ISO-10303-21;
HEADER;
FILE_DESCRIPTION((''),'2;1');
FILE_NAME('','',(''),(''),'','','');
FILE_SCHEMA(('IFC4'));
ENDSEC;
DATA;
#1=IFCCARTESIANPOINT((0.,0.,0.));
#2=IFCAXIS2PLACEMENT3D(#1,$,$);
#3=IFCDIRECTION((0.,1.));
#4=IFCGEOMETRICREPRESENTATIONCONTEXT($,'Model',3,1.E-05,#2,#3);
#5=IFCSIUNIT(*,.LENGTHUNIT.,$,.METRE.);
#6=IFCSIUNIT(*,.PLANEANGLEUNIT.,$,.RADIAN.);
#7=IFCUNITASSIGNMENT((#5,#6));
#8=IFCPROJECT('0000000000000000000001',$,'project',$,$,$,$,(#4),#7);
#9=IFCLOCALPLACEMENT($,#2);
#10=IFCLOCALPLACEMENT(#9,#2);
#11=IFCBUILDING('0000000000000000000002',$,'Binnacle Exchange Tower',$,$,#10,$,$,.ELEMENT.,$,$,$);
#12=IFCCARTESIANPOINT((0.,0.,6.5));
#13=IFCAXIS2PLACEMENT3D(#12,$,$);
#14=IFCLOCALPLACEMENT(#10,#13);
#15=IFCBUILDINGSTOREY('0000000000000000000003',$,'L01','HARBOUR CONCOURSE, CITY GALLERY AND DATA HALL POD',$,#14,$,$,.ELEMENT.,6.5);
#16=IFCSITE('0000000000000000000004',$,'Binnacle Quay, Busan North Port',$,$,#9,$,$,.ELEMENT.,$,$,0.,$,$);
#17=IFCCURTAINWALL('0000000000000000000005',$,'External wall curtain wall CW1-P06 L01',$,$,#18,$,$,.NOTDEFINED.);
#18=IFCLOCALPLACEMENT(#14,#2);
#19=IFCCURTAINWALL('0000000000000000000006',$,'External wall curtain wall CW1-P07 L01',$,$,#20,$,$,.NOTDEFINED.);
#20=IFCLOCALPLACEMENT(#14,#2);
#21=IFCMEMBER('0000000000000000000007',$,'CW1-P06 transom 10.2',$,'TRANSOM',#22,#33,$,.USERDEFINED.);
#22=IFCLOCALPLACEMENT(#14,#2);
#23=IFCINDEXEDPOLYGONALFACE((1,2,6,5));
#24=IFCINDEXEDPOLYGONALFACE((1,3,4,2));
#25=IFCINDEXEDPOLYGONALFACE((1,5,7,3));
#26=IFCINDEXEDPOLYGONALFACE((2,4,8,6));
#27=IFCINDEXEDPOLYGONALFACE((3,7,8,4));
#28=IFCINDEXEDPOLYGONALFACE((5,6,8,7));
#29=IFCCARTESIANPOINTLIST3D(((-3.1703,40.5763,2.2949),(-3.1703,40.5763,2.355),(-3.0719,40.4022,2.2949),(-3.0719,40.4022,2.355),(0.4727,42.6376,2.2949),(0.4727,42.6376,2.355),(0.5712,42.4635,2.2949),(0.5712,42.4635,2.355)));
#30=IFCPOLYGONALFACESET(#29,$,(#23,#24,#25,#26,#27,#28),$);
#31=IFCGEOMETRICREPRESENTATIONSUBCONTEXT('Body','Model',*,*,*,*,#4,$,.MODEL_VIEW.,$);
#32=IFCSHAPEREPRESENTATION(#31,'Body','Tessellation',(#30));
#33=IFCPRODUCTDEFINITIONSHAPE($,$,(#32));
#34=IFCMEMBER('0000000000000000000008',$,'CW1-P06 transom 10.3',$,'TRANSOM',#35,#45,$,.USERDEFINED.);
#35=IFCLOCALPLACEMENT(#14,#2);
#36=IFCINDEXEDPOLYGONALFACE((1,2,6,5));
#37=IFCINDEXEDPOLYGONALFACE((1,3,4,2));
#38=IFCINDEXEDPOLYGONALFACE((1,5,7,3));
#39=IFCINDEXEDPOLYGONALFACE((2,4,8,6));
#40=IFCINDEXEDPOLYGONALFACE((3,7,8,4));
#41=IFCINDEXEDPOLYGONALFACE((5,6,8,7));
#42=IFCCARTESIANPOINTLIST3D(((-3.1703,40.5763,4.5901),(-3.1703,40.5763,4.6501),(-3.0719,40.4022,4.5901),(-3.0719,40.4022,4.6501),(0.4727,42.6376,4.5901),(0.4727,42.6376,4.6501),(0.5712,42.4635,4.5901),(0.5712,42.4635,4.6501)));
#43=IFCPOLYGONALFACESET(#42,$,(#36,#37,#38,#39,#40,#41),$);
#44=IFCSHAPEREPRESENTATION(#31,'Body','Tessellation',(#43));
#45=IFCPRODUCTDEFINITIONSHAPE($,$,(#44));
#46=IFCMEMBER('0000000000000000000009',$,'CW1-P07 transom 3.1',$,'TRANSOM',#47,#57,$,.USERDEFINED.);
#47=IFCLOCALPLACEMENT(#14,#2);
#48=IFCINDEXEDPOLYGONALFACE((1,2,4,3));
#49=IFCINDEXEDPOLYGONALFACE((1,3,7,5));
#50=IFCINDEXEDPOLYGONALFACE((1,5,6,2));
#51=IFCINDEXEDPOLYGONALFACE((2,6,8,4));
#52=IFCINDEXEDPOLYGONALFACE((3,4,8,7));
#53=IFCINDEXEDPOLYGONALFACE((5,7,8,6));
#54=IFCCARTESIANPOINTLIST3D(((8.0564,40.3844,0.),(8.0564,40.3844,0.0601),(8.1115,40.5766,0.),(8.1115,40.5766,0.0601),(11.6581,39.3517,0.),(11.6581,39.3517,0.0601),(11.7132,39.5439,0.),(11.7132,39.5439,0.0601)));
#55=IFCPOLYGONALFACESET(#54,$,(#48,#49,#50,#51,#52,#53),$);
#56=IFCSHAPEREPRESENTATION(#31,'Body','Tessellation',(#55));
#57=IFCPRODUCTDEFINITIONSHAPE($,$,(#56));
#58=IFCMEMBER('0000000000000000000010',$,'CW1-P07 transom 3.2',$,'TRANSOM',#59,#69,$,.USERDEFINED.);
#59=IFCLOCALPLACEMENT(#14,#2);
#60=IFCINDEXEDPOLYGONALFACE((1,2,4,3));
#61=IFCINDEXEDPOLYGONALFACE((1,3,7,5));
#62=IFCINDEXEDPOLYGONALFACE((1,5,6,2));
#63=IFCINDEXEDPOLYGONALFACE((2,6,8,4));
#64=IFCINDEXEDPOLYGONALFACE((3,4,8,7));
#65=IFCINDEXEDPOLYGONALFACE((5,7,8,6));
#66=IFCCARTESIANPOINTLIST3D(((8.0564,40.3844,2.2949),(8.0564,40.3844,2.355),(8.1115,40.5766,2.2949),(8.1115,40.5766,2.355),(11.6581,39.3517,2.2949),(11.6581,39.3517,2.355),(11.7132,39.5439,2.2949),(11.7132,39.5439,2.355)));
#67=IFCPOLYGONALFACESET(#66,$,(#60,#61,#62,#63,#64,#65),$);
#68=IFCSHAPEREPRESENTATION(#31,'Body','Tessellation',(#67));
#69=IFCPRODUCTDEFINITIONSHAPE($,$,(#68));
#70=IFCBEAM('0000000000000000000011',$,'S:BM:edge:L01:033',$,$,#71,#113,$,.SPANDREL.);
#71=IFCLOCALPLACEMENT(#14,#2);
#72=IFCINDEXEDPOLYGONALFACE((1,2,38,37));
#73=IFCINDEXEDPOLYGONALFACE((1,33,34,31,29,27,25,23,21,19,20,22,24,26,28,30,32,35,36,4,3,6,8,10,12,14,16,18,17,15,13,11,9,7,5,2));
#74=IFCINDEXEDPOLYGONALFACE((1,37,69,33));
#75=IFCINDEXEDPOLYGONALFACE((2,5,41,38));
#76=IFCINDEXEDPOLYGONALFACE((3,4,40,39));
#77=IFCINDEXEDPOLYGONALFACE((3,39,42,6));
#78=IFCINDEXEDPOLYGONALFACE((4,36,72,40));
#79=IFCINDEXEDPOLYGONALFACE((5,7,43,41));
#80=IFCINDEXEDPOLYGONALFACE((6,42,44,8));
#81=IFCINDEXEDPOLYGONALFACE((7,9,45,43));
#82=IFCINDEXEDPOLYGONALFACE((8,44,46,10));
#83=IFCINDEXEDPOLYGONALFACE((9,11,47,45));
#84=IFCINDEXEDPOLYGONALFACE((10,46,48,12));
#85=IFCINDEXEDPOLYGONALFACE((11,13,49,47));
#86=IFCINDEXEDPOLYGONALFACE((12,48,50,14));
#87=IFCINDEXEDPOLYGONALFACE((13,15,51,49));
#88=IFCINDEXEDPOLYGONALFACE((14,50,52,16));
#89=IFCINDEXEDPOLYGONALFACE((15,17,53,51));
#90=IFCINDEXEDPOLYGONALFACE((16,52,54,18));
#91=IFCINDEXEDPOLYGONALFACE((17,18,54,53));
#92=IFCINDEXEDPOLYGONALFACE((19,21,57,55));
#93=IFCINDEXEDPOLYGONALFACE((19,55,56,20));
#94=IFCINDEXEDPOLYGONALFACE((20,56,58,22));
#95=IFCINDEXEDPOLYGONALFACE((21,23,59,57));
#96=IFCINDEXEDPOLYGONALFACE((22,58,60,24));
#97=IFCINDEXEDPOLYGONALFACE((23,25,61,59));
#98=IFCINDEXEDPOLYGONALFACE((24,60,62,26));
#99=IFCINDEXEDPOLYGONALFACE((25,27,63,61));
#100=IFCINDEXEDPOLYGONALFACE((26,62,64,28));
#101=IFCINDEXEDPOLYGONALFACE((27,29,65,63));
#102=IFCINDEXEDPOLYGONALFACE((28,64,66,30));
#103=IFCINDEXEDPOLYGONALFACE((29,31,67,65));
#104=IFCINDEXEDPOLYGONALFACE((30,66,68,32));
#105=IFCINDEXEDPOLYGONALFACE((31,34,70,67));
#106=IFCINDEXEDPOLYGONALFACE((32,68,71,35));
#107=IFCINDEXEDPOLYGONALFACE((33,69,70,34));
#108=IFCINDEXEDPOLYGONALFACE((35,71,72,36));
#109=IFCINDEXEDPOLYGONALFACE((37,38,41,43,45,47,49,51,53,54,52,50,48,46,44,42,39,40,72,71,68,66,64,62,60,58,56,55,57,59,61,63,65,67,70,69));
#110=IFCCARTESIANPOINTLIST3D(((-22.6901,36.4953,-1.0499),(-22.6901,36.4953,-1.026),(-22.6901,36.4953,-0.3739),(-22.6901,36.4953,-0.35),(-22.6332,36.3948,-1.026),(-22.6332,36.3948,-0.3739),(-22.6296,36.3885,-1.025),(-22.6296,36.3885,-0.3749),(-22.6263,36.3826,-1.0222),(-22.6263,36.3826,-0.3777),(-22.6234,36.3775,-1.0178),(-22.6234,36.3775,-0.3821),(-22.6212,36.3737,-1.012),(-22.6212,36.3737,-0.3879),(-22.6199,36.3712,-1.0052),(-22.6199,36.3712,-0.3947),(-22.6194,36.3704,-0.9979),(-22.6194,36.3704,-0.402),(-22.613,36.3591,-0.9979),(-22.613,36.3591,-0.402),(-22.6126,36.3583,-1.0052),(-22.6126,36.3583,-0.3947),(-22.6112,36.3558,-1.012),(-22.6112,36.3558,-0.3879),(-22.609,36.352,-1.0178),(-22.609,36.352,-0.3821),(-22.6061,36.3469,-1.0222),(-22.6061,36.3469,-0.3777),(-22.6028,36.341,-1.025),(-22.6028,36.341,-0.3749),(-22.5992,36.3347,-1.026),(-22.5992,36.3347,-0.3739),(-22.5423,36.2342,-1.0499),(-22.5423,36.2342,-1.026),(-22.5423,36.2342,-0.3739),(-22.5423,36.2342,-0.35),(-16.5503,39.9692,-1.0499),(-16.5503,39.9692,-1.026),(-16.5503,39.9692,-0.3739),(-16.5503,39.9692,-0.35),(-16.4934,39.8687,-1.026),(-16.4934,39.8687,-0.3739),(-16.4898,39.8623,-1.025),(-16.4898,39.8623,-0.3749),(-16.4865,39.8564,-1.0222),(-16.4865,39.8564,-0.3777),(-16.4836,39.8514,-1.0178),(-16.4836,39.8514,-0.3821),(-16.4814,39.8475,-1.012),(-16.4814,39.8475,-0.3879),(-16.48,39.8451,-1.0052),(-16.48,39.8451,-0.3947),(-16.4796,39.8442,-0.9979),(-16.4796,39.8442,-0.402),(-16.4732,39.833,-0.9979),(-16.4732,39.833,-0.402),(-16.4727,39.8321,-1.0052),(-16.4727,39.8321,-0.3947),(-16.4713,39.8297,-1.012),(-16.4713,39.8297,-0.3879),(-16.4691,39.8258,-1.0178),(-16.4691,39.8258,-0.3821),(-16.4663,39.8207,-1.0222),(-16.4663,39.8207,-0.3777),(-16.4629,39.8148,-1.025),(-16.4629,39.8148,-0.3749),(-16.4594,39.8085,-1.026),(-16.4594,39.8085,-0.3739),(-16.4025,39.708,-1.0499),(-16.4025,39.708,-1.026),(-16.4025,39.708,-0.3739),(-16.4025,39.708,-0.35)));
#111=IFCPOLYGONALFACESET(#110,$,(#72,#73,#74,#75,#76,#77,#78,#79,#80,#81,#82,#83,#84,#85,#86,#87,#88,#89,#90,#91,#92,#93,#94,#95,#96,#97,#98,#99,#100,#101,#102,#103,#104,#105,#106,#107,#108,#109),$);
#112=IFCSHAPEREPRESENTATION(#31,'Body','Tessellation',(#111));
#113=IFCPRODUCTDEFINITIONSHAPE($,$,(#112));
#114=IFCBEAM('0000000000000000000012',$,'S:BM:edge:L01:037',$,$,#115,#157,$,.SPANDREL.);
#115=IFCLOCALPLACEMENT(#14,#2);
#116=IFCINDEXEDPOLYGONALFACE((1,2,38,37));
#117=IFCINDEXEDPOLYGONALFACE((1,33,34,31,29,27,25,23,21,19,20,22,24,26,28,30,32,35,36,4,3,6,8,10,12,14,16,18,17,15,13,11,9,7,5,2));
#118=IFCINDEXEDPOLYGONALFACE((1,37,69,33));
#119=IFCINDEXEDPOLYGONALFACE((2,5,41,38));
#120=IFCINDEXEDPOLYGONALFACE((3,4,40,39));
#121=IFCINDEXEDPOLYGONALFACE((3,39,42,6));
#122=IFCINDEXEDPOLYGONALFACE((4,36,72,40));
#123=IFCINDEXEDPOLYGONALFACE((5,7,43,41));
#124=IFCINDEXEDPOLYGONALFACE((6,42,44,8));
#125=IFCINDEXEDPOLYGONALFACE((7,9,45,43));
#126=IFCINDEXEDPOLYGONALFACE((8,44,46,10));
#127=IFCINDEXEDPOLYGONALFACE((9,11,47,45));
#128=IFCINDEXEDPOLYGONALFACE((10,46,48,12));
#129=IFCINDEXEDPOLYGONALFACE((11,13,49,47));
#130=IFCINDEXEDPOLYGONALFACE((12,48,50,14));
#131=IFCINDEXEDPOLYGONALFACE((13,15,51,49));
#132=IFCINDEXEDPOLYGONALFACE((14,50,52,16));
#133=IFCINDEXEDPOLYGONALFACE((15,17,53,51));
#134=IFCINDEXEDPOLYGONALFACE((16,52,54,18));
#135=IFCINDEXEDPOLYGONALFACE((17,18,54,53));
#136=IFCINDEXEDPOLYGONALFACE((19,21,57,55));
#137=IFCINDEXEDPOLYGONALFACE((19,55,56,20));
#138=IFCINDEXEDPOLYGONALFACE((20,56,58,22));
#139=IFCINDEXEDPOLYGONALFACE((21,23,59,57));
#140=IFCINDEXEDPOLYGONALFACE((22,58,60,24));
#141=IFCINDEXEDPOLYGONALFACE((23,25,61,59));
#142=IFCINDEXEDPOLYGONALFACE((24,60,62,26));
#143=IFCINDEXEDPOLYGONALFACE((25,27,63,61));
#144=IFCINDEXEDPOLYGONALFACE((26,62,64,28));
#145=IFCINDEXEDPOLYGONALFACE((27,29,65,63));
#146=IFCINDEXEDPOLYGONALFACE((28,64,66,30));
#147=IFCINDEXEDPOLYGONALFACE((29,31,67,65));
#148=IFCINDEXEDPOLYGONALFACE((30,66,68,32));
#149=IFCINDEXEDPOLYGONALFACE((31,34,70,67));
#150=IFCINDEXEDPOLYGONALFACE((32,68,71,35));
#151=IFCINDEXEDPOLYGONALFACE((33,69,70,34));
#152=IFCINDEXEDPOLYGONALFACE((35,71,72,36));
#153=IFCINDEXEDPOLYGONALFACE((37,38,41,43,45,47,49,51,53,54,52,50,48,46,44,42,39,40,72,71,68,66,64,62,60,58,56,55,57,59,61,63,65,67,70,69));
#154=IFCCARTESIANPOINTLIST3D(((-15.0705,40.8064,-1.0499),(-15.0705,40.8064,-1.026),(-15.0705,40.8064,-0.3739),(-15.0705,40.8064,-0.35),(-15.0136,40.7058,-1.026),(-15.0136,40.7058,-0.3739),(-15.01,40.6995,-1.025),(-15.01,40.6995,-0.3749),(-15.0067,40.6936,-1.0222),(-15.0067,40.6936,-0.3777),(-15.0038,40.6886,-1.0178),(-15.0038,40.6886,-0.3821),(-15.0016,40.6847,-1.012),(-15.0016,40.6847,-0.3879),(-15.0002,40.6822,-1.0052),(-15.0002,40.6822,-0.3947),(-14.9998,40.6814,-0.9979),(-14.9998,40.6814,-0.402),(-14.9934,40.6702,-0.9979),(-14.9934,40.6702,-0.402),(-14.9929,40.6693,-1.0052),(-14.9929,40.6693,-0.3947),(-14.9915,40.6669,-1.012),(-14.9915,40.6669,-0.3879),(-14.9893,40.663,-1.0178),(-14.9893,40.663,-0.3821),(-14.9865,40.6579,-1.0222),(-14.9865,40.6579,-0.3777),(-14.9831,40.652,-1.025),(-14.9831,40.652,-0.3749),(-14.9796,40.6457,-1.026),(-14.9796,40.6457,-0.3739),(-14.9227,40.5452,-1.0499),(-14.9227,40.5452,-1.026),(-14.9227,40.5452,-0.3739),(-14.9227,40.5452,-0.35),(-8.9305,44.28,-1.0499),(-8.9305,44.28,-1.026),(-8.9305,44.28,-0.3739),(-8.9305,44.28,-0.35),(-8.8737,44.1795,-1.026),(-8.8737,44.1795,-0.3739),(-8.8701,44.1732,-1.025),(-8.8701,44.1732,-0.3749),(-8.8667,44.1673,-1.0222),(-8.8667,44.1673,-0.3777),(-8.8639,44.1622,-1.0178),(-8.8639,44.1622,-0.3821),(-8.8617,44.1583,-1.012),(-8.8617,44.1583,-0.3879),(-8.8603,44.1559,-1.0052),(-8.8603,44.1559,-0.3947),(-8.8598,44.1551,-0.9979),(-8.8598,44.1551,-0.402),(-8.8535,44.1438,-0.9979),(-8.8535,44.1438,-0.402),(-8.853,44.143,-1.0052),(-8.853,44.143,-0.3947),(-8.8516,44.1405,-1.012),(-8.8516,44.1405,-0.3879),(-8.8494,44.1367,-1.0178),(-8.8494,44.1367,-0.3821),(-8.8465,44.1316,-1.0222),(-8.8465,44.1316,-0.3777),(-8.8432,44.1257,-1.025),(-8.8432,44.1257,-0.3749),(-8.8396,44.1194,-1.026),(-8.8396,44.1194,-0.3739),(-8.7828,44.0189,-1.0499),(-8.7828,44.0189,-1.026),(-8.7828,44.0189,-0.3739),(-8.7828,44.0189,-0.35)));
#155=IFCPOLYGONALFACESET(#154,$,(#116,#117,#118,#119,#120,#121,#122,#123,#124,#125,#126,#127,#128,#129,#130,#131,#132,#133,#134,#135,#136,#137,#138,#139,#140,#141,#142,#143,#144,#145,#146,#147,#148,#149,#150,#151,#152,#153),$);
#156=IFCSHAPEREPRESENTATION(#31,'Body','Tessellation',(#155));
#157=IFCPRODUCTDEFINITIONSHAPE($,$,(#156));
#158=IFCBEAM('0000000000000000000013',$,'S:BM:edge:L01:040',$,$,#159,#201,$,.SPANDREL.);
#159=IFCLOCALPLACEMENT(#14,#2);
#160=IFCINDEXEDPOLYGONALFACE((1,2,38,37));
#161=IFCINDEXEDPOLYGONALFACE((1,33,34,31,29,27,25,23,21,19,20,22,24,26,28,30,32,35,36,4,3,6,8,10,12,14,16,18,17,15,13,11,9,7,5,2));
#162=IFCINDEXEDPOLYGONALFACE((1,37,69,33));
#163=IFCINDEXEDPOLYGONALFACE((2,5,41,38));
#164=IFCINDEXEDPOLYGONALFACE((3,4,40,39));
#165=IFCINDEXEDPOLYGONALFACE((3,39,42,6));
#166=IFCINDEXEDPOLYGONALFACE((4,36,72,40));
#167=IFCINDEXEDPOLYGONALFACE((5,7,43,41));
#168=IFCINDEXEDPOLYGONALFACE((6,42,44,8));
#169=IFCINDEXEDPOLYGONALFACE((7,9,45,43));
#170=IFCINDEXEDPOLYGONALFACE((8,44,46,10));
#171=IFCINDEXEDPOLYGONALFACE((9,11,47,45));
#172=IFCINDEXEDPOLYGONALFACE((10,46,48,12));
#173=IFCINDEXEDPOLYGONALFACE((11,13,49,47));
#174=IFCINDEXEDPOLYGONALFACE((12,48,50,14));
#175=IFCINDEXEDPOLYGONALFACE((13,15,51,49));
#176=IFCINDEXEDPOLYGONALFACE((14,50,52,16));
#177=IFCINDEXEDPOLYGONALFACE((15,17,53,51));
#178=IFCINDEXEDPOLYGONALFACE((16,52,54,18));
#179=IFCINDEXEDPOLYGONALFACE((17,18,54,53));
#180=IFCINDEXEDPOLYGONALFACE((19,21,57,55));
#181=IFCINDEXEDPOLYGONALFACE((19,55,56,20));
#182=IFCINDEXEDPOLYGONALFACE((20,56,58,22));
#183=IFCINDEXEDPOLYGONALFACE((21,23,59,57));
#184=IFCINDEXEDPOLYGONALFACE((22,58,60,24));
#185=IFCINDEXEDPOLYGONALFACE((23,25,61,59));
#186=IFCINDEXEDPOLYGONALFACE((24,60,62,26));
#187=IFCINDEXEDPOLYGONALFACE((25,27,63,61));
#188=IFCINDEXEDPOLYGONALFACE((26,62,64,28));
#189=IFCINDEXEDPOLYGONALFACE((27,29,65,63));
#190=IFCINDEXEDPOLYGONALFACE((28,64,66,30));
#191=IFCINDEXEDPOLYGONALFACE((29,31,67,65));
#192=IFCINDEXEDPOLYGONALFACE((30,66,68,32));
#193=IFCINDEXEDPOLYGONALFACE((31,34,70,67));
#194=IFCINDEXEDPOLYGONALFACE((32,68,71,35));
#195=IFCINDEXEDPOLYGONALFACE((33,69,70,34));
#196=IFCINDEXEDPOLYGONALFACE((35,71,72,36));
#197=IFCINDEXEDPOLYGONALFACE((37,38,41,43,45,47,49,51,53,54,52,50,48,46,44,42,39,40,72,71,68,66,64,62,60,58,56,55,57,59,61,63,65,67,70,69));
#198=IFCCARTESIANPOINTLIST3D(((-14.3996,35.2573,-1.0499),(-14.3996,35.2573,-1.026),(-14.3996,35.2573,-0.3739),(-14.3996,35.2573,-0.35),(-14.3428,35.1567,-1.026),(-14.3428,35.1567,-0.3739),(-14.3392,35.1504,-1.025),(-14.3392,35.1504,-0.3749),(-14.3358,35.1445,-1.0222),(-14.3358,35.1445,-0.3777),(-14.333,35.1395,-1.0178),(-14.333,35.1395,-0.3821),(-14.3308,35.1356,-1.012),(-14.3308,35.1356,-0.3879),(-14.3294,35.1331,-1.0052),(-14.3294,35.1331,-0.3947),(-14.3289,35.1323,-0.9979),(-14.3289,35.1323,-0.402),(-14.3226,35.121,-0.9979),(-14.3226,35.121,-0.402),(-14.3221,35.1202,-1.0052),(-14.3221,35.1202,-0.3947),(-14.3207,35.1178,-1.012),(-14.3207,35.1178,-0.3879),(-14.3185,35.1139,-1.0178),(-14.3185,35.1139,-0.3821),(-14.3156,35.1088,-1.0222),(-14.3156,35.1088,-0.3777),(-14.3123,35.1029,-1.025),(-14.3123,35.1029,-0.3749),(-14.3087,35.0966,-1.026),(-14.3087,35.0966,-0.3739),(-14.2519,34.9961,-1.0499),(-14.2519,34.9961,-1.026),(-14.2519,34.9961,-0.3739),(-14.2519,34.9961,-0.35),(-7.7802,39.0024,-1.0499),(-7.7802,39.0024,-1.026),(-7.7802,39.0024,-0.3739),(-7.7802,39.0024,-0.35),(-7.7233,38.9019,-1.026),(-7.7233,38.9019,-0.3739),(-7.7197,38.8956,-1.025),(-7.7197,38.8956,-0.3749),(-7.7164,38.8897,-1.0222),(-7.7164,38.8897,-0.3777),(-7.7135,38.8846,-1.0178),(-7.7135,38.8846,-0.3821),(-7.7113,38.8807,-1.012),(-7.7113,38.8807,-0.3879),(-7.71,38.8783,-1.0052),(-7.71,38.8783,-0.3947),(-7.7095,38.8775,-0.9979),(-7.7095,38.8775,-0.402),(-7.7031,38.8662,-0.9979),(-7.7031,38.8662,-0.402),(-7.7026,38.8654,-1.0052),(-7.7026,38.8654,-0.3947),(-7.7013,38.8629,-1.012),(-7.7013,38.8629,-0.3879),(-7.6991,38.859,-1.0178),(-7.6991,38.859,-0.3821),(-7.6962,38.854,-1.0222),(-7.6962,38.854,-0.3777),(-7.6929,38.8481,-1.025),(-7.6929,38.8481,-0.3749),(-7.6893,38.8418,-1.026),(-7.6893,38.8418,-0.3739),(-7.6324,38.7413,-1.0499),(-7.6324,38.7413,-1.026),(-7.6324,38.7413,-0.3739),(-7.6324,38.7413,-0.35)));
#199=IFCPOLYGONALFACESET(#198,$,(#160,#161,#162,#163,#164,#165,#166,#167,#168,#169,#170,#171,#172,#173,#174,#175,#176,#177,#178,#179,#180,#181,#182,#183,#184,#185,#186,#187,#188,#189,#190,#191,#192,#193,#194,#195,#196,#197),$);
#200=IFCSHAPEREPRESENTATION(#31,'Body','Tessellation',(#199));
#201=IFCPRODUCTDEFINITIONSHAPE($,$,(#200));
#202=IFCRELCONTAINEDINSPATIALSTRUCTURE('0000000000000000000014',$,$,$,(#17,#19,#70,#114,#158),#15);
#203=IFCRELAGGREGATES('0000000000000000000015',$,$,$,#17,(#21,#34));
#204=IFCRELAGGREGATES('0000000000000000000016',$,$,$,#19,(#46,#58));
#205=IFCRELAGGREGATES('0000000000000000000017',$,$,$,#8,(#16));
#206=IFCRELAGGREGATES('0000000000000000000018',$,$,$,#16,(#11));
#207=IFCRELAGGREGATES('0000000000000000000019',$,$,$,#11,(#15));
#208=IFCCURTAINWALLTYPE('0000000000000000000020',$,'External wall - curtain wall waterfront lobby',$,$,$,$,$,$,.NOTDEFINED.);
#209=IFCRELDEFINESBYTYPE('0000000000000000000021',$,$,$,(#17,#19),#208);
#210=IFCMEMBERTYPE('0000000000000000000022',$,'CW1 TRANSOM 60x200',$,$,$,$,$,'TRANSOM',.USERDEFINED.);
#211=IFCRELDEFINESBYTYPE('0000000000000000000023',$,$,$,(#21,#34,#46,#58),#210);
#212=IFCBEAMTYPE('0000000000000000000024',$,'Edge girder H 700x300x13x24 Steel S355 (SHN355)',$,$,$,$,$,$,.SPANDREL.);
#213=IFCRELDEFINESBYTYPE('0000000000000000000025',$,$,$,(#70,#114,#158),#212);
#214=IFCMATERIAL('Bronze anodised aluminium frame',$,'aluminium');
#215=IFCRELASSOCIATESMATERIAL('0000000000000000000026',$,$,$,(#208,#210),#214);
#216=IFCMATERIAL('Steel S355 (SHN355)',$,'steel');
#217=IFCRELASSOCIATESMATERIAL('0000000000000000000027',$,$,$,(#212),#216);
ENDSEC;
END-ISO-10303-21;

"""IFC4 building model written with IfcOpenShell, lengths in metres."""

from ifc_helpers import new_model, si_unit, direction, frame, origin, origin_2d, place, context, subcontext, project, spatial, rectangle, i_section, extrude, material, material_profile, profile_set, type_object, element, aggregate, save


model = new_model("IFC4")

# Units and contexts
model_context = context("Model", 3, precision=1e-05, world=origin(), true_north=direction((0.0, 1.0)))
body_context = subcontext(model_context, "Body", "Model", "MODEL_VIEW")
ifc_project = project(units=[si_unit("LENGTHUNIT", "METRE"), si_unit("PLANEANGLEUNIT", "RADIAN")], contexts=[model_context])

# Site, building, storey
site_placement = place(None, origin())
site = spatial("IfcSite", under=ifc_project, at=site_placement, Name="Binnacle Quay, Busan North Port", CompositionType="ELEMENT", RefElevation=0.0)
building_placement = place(site_placement, origin())
building = spatial("IfcBuilding", under=site, at=building_placement, Name="Binnacle Exchange Tower", CompositionType="ELEMENT")
storey_placement = place(building_placement, frame((0.0, 0.0, 6.5)))
storey = spatial("IfcBuildingStorey", under=building, at=storey_placement, Name="L01", Description="HARBOUR CONCOURSE, CITY GALLERY AND DATA HALL POD", CompositionType="ELEMENT", Elevation=6.5)

# Curtain wall
ifc_material_1 = material(Name="Bronze anodised aluminium frame", Category="aluminium")
curtain_wall_type = type_object("IfcCurtainWallType", Name="External wall - curtain wall waterfront lobby", PredefinedType="NOTDEFINED", material=ifc_material_1)
curtain_wall_1_placement = place(storey_placement, origin())
curtain_wall_1 = element("IfcCurtainWall", 1, at=curtain_wall_1_placement, inside=storey, type_object=curtain_wall_type, Name="External wall curtain wall CW1-P06 L01", PredefinedType="NOTDEFINED")

# Curtain wall
curtain_wall_2_placement = place(storey_placement, origin())
curtain_wall_2 = element("IfcCurtainWall", 2, at=curtain_wall_2_placement, inside=storey, type_object=curtain_wall_type, Name="External wall curtain wall CW1-P07 L01", PredefinedType="NOTDEFINED")

# Members
ifc_material_profile_1 = material_profile(ifc_material_1, rectangle(XDim=0.2, YDim=0.0601, at=origin_2d()), Name="AL 200x60")
ifc_profile_set_1 = profile_set([ifc_material_profile_1], Name="Bronze anodised aluminium frame")
member_type_1 = type_object("IfcMemberType", Name="CW1 TRANSOM 60x200", ElementType="TRANSOM", PredefinedType="USERDEFINED", material=ifc_profile_set_1)
member_1_placement = place(storey_placement, frame((-3.1211, 40.4893, 2.325), z_axis=(0.870342, 0.492447, 0.0), x_axis=(-0.492447, 0.870342, 0.0)))
member_1 = element("IfcMember", 3, at=member_1_placement, type_object=member_type_1, Name="CW1-P06 transom 10.2", ObjectType="TRANSOM", PredefinedType="USERDEFINED", context=body_context, shape_type="SweptSolid", body=[
    extrude(rectangle(XDim=0.2, YDim=0.0601, at=origin_2d()), origin(), (0.0, 0.0, 1.0), 4.1858),
])
member_2_placement = place(storey_placement, frame((-3.1211, 40.4893, 4.6201), z_axis=(0.870342, 0.492447, 0.0), x_axis=(-0.492447, 0.870342, 0.0)))
member_2 = element("IfcMember", 4, at=member_2_placement, type_object=member_type_1, Name="CW1-P06 transom 10.3", ObjectType="TRANSOM", PredefinedType="USERDEFINED", context=body_context, shape_type="SweptSolid", body=[
    extrude(rectangle(XDim=0.2, YDim=0.0601, at=origin_2d()), origin(), (0.0, 0.0, 1.0), 4.1858),
])
member_3_placement = place(storey_placement, frame((8.084, 40.4805, 0.03), z_axis=(0.961268, -0.275616, 0.0), x_axis=(0.275616, 0.961268, 0.0)))
member_3 = element("IfcMember", 5, at=member_3_placement, type_object=member_type_1, Name="CW1-P07 transom 3.1", ObjectType="TRANSOM", PredefinedType="USERDEFINED", context=body_context, shape_type="SweptSolid", body=[
    extrude(rectangle(XDim=0.2, YDim=0.0601, at=origin_2d()), origin(), (0.0, 0.0, 1.0), 3.7468),
])
member_4_placement = place(storey_placement, frame((8.084, 40.4805, 2.325), z_axis=(0.961268, -0.275616, 0.0), x_axis=(0.275616, 0.961268, 0.0)))
member_4 = element("IfcMember", 6, at=member_4_placement, type_object=member_type_1, Name="CW1-P07 transom 3.2", ObjectType="TRANSOM", PredefinedType="USERDEFINED", context=body_context, shape_type="SweptSolid", body=[
    extrude(rectangle(XDim=0.2, YDim=0.0601, at=origin_2d()), origin(), (0.0, 0.0, 1.0), 3.7468),
])

# Beams
ifc_material_2 = material(Name="Steel S355 (SHN355)", Category="steel")
ifc_material_profile_2 = material_profile(ifc_material_2, i_section(OverallWidth=0.3, OverallDepth=0.7, WebThickness=0.0129, FlangeThickness=0.0239, FilletRadius=0.0281, at=origin_2d()), Name="H 700x300x13x24")
ifc_profile_set_2 = profile_set([ifc_material_profile_2], Name="Steel S355 (SHN355)")
beam_type_1 = type_object("IfcBeamType", Name="Edge girder H 700x300x13x24 Steel S355 (SHN355)", PredefinedType="SPANDREL", material=ifc_profile_set_2)
for number, where, z_axis, x_axis, name in (
    (7, (-22.6162, 36.3647, -0.7), (0.87035, 0.492434, 0.0), (-0.492434, 0.87035, 0.0), "S:BM:edge:L01:033"),
    (8, (-14.9966, 40.6758, -0.7), (0.870365, 0.492407, 0.0), (-0.492407, 0.870365, 0.0), "S:BM:edge:L01:037"),
):
    element("IfcBeam", number, at=place(storey_placement, frame(where, z_axis=z_axis, x_axis=x_axis)), inside=storey, type_object=beam_type_1, Name=name, PredefinedType="SPANDREL", context=body_context, shape_type="SweptSolid", body=[
        extrude(i_section(OverallWidth=0.3, OverallDepth=0.7, WebThickness=0.0129, FlangeThickness=0.0239, FilletRadius=0.0281, at=origin_2d()), origin(), (0.0, 0.0, 1.0), 7.0544),
    ])
beam_1_placement = place(storey_placement, frame((-7.7063, 38.8718, -0.7), z_axis=(-0.870353, -0.492428, 0.0), x_axis=(0.492428, -0.870353, 0.0)))
element("IfcBeam", 9, at=beam_1_placement, inside=storey, type_object=beam_type_1, Name="S:BM:edge:L01:040", PredefinedType="SPANDREL", context=body_context, shape_type="SweptSolid", body=[
    extrude(i_section(OverallWidth=0.3, OverallDepth=0.7, WebThickness=0.0129, FlangeThickness=0.0239, FilletRadius=0.0281, at=origin_2d()), origin(), (0.0, 0.0, 1.0), 7.6055),
])

aggregate(curtain_wall_1, [member_1, member_2])
aggregate(curtain_wall_2, [member_3, member_4])

save(model, "model.ifc")
